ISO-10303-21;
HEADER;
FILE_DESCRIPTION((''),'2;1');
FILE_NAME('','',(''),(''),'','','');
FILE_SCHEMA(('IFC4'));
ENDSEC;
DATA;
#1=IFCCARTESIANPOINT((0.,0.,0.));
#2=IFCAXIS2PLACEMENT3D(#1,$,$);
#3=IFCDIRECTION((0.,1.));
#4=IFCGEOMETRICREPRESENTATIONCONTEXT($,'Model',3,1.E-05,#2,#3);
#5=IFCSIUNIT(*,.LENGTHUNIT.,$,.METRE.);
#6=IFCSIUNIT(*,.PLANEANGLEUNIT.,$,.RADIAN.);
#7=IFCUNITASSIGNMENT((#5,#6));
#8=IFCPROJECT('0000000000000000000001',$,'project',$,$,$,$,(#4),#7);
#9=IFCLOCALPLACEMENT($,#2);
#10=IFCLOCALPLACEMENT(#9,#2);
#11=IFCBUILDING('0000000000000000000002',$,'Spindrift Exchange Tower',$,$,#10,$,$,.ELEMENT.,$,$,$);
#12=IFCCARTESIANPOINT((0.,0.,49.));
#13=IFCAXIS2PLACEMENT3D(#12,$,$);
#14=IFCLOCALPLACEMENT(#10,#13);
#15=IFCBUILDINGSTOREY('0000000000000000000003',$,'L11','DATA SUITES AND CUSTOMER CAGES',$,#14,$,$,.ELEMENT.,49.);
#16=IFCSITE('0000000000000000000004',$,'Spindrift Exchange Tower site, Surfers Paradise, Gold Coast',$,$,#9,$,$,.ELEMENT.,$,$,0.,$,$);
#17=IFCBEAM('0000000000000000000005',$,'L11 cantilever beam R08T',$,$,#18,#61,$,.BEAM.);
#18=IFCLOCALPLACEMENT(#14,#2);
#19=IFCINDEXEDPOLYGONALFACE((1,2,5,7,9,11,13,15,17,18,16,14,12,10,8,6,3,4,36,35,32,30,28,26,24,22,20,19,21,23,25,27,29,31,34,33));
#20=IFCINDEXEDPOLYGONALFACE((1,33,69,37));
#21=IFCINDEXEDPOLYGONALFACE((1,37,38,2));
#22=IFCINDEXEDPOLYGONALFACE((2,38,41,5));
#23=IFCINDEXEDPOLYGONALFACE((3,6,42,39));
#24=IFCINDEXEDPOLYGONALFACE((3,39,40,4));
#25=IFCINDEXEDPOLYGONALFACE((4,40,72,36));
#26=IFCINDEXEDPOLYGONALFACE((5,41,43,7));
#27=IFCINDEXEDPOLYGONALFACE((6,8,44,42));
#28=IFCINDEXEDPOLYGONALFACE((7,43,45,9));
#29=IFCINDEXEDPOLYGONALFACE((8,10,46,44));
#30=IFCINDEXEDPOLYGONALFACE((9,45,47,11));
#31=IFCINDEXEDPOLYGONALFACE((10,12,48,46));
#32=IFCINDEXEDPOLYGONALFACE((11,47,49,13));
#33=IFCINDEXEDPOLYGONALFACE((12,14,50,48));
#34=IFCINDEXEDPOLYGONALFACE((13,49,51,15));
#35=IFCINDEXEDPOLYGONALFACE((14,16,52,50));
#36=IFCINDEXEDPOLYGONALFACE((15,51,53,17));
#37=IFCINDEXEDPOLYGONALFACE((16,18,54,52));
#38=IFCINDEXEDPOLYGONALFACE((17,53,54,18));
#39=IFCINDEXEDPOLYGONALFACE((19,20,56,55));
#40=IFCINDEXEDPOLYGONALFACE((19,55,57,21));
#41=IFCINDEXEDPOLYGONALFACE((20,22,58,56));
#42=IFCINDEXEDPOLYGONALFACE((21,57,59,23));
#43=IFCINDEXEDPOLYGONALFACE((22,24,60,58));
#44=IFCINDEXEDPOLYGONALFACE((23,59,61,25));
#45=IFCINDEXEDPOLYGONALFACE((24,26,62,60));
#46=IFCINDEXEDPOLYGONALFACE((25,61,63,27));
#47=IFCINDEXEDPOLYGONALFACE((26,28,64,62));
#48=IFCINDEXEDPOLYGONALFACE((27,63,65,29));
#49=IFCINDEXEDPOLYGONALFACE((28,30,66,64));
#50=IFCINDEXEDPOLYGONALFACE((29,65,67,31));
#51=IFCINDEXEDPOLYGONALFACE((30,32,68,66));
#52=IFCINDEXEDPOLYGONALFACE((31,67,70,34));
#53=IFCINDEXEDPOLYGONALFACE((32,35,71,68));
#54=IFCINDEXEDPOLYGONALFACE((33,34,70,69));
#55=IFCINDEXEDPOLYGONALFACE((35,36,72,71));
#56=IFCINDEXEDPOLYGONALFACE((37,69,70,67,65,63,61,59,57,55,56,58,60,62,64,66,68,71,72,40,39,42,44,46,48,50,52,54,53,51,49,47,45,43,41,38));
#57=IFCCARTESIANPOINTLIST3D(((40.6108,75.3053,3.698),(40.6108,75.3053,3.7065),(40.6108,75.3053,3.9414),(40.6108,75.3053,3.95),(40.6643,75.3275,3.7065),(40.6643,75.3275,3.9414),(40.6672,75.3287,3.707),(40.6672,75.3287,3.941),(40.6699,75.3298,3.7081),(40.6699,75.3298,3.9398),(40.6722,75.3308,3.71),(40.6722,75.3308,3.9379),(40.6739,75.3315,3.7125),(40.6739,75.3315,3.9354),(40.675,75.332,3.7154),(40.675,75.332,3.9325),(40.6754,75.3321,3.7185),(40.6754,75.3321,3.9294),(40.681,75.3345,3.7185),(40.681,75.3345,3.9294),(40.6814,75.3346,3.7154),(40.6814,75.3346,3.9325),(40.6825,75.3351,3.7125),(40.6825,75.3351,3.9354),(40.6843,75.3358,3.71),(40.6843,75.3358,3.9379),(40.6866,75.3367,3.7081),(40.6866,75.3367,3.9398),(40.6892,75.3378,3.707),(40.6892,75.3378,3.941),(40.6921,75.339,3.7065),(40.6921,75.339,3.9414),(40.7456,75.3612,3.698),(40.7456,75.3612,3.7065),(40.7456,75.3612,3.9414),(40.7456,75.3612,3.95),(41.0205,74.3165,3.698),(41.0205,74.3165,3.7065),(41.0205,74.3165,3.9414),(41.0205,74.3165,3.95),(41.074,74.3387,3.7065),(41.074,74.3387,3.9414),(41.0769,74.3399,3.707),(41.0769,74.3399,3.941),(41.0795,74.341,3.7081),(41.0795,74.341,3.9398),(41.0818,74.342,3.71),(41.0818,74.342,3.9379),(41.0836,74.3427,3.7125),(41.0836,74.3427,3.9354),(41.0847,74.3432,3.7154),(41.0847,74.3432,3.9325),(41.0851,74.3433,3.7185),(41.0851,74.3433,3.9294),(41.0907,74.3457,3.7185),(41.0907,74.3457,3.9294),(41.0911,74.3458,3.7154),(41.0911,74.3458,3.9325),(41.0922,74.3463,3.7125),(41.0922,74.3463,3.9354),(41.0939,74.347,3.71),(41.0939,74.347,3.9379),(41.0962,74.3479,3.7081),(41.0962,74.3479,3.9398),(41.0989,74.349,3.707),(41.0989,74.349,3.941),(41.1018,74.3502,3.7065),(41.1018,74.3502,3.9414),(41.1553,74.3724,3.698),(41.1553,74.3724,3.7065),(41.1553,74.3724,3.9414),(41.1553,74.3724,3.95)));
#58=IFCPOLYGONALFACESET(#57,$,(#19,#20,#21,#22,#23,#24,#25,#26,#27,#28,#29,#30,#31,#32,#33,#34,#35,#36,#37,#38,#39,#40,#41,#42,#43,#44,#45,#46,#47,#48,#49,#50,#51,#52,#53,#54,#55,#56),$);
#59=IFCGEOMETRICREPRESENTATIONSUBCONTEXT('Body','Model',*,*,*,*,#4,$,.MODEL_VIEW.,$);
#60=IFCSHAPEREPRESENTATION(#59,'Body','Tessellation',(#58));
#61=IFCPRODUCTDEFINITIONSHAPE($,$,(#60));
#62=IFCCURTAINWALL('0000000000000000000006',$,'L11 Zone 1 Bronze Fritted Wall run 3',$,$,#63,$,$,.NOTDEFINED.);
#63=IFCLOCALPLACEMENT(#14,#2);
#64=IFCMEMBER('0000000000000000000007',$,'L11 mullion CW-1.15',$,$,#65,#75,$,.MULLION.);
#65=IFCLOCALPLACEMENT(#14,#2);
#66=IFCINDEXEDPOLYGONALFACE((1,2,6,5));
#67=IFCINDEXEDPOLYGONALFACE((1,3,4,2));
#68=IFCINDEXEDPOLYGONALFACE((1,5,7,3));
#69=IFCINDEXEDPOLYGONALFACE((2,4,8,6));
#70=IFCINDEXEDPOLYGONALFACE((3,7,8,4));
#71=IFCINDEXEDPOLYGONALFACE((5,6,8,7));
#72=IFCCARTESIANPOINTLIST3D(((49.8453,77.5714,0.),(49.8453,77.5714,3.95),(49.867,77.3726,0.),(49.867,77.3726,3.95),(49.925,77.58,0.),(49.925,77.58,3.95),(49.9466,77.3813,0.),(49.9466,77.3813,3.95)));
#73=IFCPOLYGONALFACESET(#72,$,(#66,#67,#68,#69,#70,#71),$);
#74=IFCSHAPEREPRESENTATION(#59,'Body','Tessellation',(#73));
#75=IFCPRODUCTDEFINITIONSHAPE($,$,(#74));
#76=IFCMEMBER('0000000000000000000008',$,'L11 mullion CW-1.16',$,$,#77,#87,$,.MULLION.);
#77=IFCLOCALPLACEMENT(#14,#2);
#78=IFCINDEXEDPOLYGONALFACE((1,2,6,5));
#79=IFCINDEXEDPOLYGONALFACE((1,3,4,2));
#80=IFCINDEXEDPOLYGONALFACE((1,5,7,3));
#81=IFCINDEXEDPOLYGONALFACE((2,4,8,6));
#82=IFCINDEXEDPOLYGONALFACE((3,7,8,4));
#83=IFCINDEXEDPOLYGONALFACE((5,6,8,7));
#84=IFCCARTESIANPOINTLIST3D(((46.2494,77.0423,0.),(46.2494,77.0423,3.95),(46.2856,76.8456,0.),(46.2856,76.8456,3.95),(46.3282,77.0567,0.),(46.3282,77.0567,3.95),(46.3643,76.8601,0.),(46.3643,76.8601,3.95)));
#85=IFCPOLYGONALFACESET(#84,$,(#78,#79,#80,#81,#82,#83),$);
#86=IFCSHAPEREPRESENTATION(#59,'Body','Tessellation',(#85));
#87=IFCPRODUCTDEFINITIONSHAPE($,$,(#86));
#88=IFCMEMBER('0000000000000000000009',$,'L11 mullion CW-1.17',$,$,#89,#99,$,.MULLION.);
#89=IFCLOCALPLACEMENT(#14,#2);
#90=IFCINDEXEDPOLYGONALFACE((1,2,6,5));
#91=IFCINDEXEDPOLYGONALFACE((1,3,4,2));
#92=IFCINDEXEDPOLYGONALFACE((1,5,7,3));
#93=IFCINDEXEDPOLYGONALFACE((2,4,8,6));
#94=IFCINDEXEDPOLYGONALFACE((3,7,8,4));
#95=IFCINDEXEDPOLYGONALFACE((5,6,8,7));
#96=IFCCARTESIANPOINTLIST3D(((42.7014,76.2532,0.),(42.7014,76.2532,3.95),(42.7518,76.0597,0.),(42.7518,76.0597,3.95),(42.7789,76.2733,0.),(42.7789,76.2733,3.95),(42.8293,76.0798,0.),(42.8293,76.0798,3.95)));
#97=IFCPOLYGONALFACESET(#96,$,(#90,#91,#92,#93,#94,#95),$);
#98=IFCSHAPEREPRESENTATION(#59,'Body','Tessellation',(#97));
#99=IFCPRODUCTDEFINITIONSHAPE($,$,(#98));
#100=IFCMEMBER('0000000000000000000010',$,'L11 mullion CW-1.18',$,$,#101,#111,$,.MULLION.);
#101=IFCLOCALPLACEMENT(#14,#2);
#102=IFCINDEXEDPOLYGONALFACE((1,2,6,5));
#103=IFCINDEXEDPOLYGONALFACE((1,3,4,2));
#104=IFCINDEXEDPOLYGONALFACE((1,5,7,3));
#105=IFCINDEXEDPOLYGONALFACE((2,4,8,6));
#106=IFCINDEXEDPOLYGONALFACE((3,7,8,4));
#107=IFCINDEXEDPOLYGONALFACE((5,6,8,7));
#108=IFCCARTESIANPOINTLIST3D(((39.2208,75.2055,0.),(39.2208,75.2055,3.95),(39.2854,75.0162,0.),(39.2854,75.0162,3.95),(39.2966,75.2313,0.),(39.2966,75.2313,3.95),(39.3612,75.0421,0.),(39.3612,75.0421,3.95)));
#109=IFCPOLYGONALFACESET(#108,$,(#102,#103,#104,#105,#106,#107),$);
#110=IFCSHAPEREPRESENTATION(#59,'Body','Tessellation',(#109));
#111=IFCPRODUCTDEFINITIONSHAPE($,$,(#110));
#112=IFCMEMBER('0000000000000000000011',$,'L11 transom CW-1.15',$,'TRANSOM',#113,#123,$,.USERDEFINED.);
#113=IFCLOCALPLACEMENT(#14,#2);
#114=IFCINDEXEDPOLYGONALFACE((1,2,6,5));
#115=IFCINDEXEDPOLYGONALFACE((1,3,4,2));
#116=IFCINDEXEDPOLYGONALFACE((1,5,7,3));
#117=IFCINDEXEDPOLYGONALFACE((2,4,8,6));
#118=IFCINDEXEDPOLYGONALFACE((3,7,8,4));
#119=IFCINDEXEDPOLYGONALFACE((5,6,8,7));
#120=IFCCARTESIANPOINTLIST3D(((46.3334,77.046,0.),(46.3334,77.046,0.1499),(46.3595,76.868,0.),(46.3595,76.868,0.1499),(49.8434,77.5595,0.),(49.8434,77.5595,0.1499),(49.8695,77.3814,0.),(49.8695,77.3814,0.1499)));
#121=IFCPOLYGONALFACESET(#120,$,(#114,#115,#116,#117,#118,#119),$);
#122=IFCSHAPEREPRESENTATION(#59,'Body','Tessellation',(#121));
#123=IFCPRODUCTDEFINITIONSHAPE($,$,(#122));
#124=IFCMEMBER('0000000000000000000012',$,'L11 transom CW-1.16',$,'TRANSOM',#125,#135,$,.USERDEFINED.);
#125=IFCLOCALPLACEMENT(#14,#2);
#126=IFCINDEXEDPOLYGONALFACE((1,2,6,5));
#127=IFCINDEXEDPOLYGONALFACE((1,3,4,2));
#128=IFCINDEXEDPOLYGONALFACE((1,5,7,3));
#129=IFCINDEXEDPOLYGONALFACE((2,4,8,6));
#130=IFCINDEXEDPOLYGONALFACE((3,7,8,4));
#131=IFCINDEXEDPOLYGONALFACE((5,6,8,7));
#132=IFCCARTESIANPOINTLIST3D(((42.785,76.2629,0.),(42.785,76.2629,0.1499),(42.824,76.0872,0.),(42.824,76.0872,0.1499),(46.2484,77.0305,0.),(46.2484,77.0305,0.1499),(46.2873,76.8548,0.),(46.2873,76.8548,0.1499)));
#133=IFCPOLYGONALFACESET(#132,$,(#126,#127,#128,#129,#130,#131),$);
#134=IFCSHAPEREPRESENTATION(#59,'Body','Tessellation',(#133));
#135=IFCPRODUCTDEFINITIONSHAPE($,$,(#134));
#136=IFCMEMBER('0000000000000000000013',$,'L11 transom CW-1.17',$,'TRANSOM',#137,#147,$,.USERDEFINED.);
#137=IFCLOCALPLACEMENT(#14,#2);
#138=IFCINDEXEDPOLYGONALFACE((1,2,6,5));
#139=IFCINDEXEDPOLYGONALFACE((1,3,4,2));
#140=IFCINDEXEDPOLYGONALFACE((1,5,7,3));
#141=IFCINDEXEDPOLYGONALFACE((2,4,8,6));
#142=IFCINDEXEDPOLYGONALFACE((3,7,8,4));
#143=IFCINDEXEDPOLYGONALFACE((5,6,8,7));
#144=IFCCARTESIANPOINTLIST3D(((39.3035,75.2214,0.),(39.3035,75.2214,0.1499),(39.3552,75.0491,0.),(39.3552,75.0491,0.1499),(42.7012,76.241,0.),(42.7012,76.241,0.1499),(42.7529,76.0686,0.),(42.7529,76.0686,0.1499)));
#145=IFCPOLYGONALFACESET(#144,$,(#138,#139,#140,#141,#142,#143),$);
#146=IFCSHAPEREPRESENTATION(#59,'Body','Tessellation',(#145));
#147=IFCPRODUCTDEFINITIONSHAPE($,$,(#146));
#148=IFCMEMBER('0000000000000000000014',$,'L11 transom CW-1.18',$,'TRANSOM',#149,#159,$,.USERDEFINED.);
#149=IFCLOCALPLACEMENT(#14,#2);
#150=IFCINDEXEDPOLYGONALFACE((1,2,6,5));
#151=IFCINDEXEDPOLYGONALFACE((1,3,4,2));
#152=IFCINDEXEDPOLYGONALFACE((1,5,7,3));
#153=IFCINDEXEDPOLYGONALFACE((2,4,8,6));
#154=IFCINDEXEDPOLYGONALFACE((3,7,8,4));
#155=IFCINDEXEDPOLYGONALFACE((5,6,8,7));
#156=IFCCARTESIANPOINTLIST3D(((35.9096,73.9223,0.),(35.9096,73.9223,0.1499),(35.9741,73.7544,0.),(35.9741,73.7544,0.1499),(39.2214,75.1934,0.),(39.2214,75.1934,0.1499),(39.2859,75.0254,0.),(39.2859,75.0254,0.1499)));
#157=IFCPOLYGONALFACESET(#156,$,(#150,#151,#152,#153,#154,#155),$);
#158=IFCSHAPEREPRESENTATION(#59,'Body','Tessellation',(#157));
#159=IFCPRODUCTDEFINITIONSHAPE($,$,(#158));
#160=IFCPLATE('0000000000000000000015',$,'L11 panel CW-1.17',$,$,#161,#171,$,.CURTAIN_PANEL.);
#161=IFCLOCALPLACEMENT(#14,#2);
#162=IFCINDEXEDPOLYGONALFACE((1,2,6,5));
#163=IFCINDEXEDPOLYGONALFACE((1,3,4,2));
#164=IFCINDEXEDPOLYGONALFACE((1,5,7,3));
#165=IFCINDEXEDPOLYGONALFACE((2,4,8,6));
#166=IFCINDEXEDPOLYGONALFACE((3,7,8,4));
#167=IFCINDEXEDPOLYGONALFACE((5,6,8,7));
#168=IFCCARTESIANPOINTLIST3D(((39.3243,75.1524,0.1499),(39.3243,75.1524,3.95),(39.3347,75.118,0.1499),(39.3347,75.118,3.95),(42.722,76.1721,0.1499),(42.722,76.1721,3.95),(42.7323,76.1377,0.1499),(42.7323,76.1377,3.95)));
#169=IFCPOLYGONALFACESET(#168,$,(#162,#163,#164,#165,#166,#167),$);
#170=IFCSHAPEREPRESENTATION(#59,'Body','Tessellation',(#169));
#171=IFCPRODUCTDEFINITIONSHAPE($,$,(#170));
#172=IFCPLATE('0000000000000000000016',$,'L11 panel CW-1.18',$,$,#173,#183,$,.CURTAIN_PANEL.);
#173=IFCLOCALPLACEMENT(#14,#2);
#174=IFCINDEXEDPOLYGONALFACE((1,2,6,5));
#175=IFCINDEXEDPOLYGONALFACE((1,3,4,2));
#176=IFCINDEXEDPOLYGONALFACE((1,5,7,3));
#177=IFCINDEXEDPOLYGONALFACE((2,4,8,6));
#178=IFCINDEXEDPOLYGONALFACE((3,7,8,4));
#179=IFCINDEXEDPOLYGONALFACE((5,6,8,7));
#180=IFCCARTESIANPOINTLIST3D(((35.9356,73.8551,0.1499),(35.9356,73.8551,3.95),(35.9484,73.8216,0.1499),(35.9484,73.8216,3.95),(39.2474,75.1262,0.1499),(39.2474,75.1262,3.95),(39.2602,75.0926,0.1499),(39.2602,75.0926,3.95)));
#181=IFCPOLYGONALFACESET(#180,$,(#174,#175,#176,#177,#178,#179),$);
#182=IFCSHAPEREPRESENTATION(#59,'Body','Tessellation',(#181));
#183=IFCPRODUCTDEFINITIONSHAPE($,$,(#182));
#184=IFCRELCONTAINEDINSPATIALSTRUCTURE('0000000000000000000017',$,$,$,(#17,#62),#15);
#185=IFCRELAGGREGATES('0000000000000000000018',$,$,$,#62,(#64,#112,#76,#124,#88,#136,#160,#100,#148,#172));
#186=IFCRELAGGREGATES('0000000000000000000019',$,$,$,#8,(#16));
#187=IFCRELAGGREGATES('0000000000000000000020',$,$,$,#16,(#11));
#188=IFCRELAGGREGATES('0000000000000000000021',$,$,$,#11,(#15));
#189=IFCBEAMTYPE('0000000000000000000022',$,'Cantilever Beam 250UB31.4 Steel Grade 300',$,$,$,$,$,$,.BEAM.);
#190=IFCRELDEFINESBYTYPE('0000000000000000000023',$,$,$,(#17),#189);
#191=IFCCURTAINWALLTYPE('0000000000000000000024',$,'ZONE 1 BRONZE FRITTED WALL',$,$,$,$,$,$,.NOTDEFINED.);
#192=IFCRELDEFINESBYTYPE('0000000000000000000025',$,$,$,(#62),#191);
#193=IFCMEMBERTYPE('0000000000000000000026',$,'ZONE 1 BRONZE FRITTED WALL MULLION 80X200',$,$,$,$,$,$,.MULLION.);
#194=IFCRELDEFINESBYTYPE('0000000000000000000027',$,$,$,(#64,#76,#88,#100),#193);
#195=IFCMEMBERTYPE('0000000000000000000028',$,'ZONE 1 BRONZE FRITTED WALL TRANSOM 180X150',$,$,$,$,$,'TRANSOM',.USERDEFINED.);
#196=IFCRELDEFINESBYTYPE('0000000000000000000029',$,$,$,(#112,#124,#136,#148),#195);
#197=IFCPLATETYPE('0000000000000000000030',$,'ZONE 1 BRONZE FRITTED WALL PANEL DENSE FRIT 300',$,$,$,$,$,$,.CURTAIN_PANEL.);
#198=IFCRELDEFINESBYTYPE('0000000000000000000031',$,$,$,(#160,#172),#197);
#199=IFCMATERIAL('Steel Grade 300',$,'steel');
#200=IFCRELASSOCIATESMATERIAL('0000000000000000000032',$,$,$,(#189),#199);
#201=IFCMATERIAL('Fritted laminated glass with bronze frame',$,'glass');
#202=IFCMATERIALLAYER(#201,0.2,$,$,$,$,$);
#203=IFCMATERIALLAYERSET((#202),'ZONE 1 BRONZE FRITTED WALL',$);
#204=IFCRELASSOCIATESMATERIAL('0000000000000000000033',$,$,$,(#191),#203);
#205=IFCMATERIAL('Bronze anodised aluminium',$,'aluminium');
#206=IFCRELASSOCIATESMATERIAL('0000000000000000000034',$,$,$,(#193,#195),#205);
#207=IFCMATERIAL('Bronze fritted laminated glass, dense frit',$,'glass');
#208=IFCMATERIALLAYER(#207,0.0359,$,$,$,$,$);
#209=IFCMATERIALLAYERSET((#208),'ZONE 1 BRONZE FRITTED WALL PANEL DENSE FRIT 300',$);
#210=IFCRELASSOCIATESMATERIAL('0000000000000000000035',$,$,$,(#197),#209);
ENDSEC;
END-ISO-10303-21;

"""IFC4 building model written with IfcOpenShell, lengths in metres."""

from ifc_helpers import new_model, si_unit, direction, frame, origin, origin_2d, place, context, subcontext, project, spatial, rectangle, i_section, extrude, source, transform, mapped, material, layer, layer_set, material_profile, profile_set, type_object, element, aggregate, save


model = new_model("IFC4")

# Units and contexts
model_context = context("Model", 3, precision=1e-05, world=origin(), true_north=direction((0.0, 1.0)))
body_context = subcontext(model_context, "Body", "Model", "MODEL_VIEW")
ifc_project = project(units=[si_unit("LENGTHUNIT", "METRE"), si_unit("PLANEANGLEUNIT", "RADIAN")], contexts=[model_context])

# Site, building, storey
site_placement = place(None, origin())
site = spatial("IfcSite", under=ifc_project, at=site_placement, Name="Spindrift Exchange Tower site, Surfers Paradise, Gold Coast", CompositionType="ELEMENT", RefElevation=0.0)
building_placement = place(site_placement, origin())
building = spatial("IfcBuilding", under=site, at=building_placement, Name="Spindrift Exchange Tower", CompositionType="ELEMENT")
storey_placement = place(building_placement, frame((0.0, 0.0, 49.0)))
storey = spatial("IfcBuildingStorey", under=building, at=storey_placement, Name="L11", Description="DATA SUITES AND CUSTOMER CAGES", CompositionType="ELEMENT", Elevation=49.0)

# Beam
ifc_material_1 = material(Name="Steel Grade 300", Category="steel")
ifc_material_profile_1 = material_profile(ifc_material_1, i_section(OverallWidth=0.146, OverallDepth=0.252, WebThickness=0.0061, FlangeThickness=0.0085, FilletRadius=0.012, at=origin_2d()), Name="250UB31.4")
ifc_profile_set_1 = profile_set([ifc_material_profile_1], Name="Steel Grade 300")
beam_type_1 = type_object("IfcBeamType", Name="Cantilever Beam 250UB31.4 Steel Grade 300", PredefinedType="BEAM", material=ifc_profile_set_1)
shared_shape_1 = source(origin(), body_context, "Body", "SweptSolid", [
    extrude(i_section(OverallWidth=0.146, OverallDepth=0.252, WebThickness=0.0061, FlangeThickness=0.0085, FilletRadius=0.012, at=origin_2d()), origin(), (0.0, 0.0, 1.0), 1.0703),
])
beam_1_placement = place(storey_placement, frame((41.0879, 74.3445, 3.824), z_axis=(-0.382768, 0.923844, 0.0), x_axis=(-0.923844, -0.382768, 0.0)))
element("IfcBeam", 1, at=beam_1_placement, inside=storey, type_object=beam_type_1, Name="L11 cantilever beam R08T", PredefinedType="BEAM", context=body_context, shape_type="MappedRepresentation", body=[
    mapped(shared_shape_1, transform((0.0, 0.0, 0.0), scale=1.0)),
])

# Curtain wall, members, plates
ifc_material_2 = material(Name="Fritted laminated glass with bronze frame", Category="glass")
ifc_layer_1 = layer(ifc_material_2, 0.2)
ifc_layer_set_1 = layer_set([ifc_layer_1], Name="ZONE 1 BRONZE FRITTED WALL")
curtain_wall_type = type_object("IfcCurtainWallType", Name="ZONE 1 BRONZE FRITTED WALL", PredefinedType="NOTDEFINED", material=ifc_layer_set_1)
curtain_wall_placement = place(storey_placement, origin())
curtain_wall = element("IfcCurtainWall", 2, at=curtain_wall_placement, inside=storey, type_object=curtain_wall_type, Name="L11 Zone 1 Bronze Fritted Wall run 3", PredefinedType="NOTDEFINED")
ifc_material_3 = material(Name="Bronze anodised aluminium", Category="aluminium")
ifc_material_profile_2 = material_profile(ifc_material_3, rectangle(XDim=0.0801, YDim=0.2, at=origin_2d()), Name="ZONE 1 BRONZE FRITTED WALL MULLION 80X200")
ifc_profile_set_2 = profile_set([ifc_material_profile_2], Name="Bronze anodised aluminium")
member_type_1 = type_object("IfcMemberType", Name="ZONE 1 BRONZE FRITTED WALL MULLION 80X200", PredefinedType="MULLION", material=ifc_profile_set_2)
shared_shape_2 = source(origin(), body_context, "Body", "SweptSolid", [
    extrude(rectangle(XDim=0.0801, YDim=0.2, at=origin_2d()), origin(), (0.0, 0.0, 1.0), 3.95),
])
member_1_placement = place(storey_placement, frame((49.896, 77.4763, 0.0), z_axis=(0.0, 0.0, 1.0), x_axis=(-0.994098, -0.108482, 0.0)))
member_1 = element("IfcMember", 3, at=member_1_placement, type_object=member_type_1, Name="L11 mullion CW-1.15", PredefinedType="MULLION", context=body_context, shape_type="MappedRepresentation", body=[
    mapped(shared_shape_2, transform((0.0, 0.0, 0.0), scale=1.0)),
])
member_2_placement = place(storey_placement, frame((46.3069, 76.9512, 0.0), z_axis=(0.0, 0.0, 1.0), x_axis=(-0.983545, -0.180663, 0.0)))
member_2 = element("IfcMember", 4, at=member_2_placement, type_object=member_type_1, Name="L11 mullion CW-1.16", PredefinedType="MULLION", context=body_context, shape_type="MappedRepresentation", body=[
    mapped(shared_shape_2, transform((0.0, 0.0, 0.0), scale=1.0)),
])
member_3_placement = place(storey_placement, frame((42.7654, 76.1665, 0.0), z_axis=(0.0, 0.0, 1.0), x_axis=(-0.967708, -0.252075, 0.0)))
member_3 = element("IfcMember", 5, at=member_3_placement, type_object=member_type_1, Name="L11 mullion CW-1.17", PredefinedType="MULLION", context=body_context, shape_type="MappedRepresentation", body=[
    mapped(shared_shape_2, transform((0.0, 0.0, 0.0), scale=1.0)),
])
member_4_placement = place(storey_placement, frame((39.291, 75.1238, 0.0), z_axis=(0.0, 0.0, 1.0), x_axis=(-0.946363, -0.323106, 0.0)))
member_4 = element("IfcMember", 6, at=member_4_placement, type_object=member_type_1, Name="L11 mullion CW-1.18", PredefinedType="MULLION", context=body_context, shape_type="MappedRepresentation", body=[
    mapped(shared_shape_2, transform((0.0, 0.0, 0.0), scale=1.0)),
])
ifc_material_profile_3 = material_profile(ifc_material_3, rectangle(XDim=0.1799, YDim=0.1499, at=origin_2d()), Name="ZONE 1 BRONZE FRITTED WALL TRANSOM 180X150")
ifc_profile_set_3 = profile_set([ifc_material_profile_3], Name="Bronze anodised aluminium")
member_type_2 = type_object("IfcMemberType", Name="ZONE 1 BRONZE FRITTED WALL TRANSOM 180X150", ElementType="TRANSOM", PredefinedType="USERDEFINED", material=ifc_profile_set_3)
shared_shape_3 = source(origin(), body_context, "Body", "SweptSolid", [
    extrude(rectangle(XDim=0.1799, YDim=0.1499, at=origin_2d()), origin(), (0.0, 0.0, 1.0), 3.5474),
])
member_5_placement = place(storey_placement, frame((49.8564, 77.4705, 0.075), z_axis=(-0.98947, -0.144735, 0.0), x_axis=(0.144735, -0.98947, 0.0)))
member_5 = element("IfcMember", 7, at=member_5_placement, type_object=member_type_2, Name="L11 transom CW-1.15", ObjectType="TRANSOM", PredefinedType="USERDEFINED", context=body_context, shape_type="MappedRepresentation", body=[
    mapped(shared_shape_3, transform((0.0, 0.0, 0.0), scale=1.0)),
])
member_6_placement = place(storey_placement, frame((46.2678, 76.9426, 0.075), z_axis=(-0.97631, -0.216377, 0.0), x_axis=(0.216377, -0.97631, 0.0)))
member_6 = element("IfcMember", 8, at=member_6_placement, type_object=member_type_2, Name="L11 transom CW-1.16", ObjectType="TRANSOM", PredefinedType="USERDEFINED", context=body_context, shape_type="MappedRepresentation", body=[
    mapped(shared_shape_3, transform((0.0, 0.0, 0.0), scale=1.0)),
])
member_7_placement = place(storey_placement, frame((42.7271, 76.1548, 0.075), z_axis=(-0.957809, -0.287405, 0.0), x_axis=(0.287405, -0.957809, 0.0)))
member_7 = element("IfcMember", 9, at=member_7_placement, type_object=member_type_2, Name="L11 transom CW-1.17", ObjectType="TRANSOM", PredefinedType="USERDEFINED", context=body_context, shape_type="MappedRepresentation", body=[
    mapped(shared_shape_3, transform((0.0, 0.0, 0.0), scale=1.0)),
])
member_8_placement = place(storey_placement, frame((39.2537, 75.1094, 0.075), z_axis=(-0.933606, -0.358301, 0.0), x_axis=(0.358301, -0.933606, 0.0)))
member_8 = element("IfcMember", 10, at=member_8_placement, type_object=member_type_2, Name="L11 transom CW-1.18", ObjectType="TRANSOM", PredefinedType="USERDEFINED", context=body_context, shape_type="MappedRepresentation", body=[
    mapped(shared_shape_3, transform((0.0, 0.0, 0.0), scale=1.0)),
])
ifc_material_4 = material(Name="Bronze fritted laminated glass, dense frit", Category="glass")
ifc_layer_2 = layer(ifc_material_4, 0.0359)
ifc_layer_set_2 = layer_set([ifc_layer_2], Name="ZONE 1 BRONZE FRITTED WALL PANEL DENSE FRIT 300")
plate_type_1 = type_object("IfcPlateType", Name="ZONE 1 BRONZE FRITTED WALL PANEL DENSE FRIT 300", PredefinedType="CURTAIN_PANEL", material=ifc_layer_set_2)
shared_shape_4 = source(origin(), body_context, "Body", "SweptSolid", [
    extrude(rectangle(XDim=3.5474, YDim=0.0359, at=origin_2d()), origin(), (0.0, 0.0, 1.0), 3.8),
])
plate_1_placement = place(storey_placement, frame((41.0283, 75.645, 0.1499), z_axis=(0.0, 0.0, 1.0), x_axis=(-0.957795, -0.287451, 0.0)))
plate_1 = element("IfcPlate", 11, at=plate_1_placement, type_object=plate_type_1, Name="L11 panel CW-1.17", PredefinedType="CURTAIN_PANEL", context=body_context, shape_type="MappedRepresentation", body=[
    mapped(shared_shape_4, transform((0.0, 0.0, 0.0), scale=1.0)),
])
plate_2_placement = place(storey_placement, frame((37.5979, 74.4739, 0.1499), z_axis=(0.0, 0.0, 1.0), x_axis=(-0.933604, -0.358306, 0.0)))
plate_2 = element("IfcPlate", 12, at=plate_2_placement, type_object=plate_type_1, Name="L11 panel CW-1.18", PredefinedType="CURTAIN_PANEL", context=body_context, shape_type="MappedRepresentation", body=[
    mapped(shared_shape_4, transform((0.0, 0.0, 0.0), scale=1.0)),
])
aggregate(curtain_wall, [member_1, member_5, member_2, member_6, member_3, member_7, plate_1, member_4, member_8, plate_2])

save(model, "model.ifc")
